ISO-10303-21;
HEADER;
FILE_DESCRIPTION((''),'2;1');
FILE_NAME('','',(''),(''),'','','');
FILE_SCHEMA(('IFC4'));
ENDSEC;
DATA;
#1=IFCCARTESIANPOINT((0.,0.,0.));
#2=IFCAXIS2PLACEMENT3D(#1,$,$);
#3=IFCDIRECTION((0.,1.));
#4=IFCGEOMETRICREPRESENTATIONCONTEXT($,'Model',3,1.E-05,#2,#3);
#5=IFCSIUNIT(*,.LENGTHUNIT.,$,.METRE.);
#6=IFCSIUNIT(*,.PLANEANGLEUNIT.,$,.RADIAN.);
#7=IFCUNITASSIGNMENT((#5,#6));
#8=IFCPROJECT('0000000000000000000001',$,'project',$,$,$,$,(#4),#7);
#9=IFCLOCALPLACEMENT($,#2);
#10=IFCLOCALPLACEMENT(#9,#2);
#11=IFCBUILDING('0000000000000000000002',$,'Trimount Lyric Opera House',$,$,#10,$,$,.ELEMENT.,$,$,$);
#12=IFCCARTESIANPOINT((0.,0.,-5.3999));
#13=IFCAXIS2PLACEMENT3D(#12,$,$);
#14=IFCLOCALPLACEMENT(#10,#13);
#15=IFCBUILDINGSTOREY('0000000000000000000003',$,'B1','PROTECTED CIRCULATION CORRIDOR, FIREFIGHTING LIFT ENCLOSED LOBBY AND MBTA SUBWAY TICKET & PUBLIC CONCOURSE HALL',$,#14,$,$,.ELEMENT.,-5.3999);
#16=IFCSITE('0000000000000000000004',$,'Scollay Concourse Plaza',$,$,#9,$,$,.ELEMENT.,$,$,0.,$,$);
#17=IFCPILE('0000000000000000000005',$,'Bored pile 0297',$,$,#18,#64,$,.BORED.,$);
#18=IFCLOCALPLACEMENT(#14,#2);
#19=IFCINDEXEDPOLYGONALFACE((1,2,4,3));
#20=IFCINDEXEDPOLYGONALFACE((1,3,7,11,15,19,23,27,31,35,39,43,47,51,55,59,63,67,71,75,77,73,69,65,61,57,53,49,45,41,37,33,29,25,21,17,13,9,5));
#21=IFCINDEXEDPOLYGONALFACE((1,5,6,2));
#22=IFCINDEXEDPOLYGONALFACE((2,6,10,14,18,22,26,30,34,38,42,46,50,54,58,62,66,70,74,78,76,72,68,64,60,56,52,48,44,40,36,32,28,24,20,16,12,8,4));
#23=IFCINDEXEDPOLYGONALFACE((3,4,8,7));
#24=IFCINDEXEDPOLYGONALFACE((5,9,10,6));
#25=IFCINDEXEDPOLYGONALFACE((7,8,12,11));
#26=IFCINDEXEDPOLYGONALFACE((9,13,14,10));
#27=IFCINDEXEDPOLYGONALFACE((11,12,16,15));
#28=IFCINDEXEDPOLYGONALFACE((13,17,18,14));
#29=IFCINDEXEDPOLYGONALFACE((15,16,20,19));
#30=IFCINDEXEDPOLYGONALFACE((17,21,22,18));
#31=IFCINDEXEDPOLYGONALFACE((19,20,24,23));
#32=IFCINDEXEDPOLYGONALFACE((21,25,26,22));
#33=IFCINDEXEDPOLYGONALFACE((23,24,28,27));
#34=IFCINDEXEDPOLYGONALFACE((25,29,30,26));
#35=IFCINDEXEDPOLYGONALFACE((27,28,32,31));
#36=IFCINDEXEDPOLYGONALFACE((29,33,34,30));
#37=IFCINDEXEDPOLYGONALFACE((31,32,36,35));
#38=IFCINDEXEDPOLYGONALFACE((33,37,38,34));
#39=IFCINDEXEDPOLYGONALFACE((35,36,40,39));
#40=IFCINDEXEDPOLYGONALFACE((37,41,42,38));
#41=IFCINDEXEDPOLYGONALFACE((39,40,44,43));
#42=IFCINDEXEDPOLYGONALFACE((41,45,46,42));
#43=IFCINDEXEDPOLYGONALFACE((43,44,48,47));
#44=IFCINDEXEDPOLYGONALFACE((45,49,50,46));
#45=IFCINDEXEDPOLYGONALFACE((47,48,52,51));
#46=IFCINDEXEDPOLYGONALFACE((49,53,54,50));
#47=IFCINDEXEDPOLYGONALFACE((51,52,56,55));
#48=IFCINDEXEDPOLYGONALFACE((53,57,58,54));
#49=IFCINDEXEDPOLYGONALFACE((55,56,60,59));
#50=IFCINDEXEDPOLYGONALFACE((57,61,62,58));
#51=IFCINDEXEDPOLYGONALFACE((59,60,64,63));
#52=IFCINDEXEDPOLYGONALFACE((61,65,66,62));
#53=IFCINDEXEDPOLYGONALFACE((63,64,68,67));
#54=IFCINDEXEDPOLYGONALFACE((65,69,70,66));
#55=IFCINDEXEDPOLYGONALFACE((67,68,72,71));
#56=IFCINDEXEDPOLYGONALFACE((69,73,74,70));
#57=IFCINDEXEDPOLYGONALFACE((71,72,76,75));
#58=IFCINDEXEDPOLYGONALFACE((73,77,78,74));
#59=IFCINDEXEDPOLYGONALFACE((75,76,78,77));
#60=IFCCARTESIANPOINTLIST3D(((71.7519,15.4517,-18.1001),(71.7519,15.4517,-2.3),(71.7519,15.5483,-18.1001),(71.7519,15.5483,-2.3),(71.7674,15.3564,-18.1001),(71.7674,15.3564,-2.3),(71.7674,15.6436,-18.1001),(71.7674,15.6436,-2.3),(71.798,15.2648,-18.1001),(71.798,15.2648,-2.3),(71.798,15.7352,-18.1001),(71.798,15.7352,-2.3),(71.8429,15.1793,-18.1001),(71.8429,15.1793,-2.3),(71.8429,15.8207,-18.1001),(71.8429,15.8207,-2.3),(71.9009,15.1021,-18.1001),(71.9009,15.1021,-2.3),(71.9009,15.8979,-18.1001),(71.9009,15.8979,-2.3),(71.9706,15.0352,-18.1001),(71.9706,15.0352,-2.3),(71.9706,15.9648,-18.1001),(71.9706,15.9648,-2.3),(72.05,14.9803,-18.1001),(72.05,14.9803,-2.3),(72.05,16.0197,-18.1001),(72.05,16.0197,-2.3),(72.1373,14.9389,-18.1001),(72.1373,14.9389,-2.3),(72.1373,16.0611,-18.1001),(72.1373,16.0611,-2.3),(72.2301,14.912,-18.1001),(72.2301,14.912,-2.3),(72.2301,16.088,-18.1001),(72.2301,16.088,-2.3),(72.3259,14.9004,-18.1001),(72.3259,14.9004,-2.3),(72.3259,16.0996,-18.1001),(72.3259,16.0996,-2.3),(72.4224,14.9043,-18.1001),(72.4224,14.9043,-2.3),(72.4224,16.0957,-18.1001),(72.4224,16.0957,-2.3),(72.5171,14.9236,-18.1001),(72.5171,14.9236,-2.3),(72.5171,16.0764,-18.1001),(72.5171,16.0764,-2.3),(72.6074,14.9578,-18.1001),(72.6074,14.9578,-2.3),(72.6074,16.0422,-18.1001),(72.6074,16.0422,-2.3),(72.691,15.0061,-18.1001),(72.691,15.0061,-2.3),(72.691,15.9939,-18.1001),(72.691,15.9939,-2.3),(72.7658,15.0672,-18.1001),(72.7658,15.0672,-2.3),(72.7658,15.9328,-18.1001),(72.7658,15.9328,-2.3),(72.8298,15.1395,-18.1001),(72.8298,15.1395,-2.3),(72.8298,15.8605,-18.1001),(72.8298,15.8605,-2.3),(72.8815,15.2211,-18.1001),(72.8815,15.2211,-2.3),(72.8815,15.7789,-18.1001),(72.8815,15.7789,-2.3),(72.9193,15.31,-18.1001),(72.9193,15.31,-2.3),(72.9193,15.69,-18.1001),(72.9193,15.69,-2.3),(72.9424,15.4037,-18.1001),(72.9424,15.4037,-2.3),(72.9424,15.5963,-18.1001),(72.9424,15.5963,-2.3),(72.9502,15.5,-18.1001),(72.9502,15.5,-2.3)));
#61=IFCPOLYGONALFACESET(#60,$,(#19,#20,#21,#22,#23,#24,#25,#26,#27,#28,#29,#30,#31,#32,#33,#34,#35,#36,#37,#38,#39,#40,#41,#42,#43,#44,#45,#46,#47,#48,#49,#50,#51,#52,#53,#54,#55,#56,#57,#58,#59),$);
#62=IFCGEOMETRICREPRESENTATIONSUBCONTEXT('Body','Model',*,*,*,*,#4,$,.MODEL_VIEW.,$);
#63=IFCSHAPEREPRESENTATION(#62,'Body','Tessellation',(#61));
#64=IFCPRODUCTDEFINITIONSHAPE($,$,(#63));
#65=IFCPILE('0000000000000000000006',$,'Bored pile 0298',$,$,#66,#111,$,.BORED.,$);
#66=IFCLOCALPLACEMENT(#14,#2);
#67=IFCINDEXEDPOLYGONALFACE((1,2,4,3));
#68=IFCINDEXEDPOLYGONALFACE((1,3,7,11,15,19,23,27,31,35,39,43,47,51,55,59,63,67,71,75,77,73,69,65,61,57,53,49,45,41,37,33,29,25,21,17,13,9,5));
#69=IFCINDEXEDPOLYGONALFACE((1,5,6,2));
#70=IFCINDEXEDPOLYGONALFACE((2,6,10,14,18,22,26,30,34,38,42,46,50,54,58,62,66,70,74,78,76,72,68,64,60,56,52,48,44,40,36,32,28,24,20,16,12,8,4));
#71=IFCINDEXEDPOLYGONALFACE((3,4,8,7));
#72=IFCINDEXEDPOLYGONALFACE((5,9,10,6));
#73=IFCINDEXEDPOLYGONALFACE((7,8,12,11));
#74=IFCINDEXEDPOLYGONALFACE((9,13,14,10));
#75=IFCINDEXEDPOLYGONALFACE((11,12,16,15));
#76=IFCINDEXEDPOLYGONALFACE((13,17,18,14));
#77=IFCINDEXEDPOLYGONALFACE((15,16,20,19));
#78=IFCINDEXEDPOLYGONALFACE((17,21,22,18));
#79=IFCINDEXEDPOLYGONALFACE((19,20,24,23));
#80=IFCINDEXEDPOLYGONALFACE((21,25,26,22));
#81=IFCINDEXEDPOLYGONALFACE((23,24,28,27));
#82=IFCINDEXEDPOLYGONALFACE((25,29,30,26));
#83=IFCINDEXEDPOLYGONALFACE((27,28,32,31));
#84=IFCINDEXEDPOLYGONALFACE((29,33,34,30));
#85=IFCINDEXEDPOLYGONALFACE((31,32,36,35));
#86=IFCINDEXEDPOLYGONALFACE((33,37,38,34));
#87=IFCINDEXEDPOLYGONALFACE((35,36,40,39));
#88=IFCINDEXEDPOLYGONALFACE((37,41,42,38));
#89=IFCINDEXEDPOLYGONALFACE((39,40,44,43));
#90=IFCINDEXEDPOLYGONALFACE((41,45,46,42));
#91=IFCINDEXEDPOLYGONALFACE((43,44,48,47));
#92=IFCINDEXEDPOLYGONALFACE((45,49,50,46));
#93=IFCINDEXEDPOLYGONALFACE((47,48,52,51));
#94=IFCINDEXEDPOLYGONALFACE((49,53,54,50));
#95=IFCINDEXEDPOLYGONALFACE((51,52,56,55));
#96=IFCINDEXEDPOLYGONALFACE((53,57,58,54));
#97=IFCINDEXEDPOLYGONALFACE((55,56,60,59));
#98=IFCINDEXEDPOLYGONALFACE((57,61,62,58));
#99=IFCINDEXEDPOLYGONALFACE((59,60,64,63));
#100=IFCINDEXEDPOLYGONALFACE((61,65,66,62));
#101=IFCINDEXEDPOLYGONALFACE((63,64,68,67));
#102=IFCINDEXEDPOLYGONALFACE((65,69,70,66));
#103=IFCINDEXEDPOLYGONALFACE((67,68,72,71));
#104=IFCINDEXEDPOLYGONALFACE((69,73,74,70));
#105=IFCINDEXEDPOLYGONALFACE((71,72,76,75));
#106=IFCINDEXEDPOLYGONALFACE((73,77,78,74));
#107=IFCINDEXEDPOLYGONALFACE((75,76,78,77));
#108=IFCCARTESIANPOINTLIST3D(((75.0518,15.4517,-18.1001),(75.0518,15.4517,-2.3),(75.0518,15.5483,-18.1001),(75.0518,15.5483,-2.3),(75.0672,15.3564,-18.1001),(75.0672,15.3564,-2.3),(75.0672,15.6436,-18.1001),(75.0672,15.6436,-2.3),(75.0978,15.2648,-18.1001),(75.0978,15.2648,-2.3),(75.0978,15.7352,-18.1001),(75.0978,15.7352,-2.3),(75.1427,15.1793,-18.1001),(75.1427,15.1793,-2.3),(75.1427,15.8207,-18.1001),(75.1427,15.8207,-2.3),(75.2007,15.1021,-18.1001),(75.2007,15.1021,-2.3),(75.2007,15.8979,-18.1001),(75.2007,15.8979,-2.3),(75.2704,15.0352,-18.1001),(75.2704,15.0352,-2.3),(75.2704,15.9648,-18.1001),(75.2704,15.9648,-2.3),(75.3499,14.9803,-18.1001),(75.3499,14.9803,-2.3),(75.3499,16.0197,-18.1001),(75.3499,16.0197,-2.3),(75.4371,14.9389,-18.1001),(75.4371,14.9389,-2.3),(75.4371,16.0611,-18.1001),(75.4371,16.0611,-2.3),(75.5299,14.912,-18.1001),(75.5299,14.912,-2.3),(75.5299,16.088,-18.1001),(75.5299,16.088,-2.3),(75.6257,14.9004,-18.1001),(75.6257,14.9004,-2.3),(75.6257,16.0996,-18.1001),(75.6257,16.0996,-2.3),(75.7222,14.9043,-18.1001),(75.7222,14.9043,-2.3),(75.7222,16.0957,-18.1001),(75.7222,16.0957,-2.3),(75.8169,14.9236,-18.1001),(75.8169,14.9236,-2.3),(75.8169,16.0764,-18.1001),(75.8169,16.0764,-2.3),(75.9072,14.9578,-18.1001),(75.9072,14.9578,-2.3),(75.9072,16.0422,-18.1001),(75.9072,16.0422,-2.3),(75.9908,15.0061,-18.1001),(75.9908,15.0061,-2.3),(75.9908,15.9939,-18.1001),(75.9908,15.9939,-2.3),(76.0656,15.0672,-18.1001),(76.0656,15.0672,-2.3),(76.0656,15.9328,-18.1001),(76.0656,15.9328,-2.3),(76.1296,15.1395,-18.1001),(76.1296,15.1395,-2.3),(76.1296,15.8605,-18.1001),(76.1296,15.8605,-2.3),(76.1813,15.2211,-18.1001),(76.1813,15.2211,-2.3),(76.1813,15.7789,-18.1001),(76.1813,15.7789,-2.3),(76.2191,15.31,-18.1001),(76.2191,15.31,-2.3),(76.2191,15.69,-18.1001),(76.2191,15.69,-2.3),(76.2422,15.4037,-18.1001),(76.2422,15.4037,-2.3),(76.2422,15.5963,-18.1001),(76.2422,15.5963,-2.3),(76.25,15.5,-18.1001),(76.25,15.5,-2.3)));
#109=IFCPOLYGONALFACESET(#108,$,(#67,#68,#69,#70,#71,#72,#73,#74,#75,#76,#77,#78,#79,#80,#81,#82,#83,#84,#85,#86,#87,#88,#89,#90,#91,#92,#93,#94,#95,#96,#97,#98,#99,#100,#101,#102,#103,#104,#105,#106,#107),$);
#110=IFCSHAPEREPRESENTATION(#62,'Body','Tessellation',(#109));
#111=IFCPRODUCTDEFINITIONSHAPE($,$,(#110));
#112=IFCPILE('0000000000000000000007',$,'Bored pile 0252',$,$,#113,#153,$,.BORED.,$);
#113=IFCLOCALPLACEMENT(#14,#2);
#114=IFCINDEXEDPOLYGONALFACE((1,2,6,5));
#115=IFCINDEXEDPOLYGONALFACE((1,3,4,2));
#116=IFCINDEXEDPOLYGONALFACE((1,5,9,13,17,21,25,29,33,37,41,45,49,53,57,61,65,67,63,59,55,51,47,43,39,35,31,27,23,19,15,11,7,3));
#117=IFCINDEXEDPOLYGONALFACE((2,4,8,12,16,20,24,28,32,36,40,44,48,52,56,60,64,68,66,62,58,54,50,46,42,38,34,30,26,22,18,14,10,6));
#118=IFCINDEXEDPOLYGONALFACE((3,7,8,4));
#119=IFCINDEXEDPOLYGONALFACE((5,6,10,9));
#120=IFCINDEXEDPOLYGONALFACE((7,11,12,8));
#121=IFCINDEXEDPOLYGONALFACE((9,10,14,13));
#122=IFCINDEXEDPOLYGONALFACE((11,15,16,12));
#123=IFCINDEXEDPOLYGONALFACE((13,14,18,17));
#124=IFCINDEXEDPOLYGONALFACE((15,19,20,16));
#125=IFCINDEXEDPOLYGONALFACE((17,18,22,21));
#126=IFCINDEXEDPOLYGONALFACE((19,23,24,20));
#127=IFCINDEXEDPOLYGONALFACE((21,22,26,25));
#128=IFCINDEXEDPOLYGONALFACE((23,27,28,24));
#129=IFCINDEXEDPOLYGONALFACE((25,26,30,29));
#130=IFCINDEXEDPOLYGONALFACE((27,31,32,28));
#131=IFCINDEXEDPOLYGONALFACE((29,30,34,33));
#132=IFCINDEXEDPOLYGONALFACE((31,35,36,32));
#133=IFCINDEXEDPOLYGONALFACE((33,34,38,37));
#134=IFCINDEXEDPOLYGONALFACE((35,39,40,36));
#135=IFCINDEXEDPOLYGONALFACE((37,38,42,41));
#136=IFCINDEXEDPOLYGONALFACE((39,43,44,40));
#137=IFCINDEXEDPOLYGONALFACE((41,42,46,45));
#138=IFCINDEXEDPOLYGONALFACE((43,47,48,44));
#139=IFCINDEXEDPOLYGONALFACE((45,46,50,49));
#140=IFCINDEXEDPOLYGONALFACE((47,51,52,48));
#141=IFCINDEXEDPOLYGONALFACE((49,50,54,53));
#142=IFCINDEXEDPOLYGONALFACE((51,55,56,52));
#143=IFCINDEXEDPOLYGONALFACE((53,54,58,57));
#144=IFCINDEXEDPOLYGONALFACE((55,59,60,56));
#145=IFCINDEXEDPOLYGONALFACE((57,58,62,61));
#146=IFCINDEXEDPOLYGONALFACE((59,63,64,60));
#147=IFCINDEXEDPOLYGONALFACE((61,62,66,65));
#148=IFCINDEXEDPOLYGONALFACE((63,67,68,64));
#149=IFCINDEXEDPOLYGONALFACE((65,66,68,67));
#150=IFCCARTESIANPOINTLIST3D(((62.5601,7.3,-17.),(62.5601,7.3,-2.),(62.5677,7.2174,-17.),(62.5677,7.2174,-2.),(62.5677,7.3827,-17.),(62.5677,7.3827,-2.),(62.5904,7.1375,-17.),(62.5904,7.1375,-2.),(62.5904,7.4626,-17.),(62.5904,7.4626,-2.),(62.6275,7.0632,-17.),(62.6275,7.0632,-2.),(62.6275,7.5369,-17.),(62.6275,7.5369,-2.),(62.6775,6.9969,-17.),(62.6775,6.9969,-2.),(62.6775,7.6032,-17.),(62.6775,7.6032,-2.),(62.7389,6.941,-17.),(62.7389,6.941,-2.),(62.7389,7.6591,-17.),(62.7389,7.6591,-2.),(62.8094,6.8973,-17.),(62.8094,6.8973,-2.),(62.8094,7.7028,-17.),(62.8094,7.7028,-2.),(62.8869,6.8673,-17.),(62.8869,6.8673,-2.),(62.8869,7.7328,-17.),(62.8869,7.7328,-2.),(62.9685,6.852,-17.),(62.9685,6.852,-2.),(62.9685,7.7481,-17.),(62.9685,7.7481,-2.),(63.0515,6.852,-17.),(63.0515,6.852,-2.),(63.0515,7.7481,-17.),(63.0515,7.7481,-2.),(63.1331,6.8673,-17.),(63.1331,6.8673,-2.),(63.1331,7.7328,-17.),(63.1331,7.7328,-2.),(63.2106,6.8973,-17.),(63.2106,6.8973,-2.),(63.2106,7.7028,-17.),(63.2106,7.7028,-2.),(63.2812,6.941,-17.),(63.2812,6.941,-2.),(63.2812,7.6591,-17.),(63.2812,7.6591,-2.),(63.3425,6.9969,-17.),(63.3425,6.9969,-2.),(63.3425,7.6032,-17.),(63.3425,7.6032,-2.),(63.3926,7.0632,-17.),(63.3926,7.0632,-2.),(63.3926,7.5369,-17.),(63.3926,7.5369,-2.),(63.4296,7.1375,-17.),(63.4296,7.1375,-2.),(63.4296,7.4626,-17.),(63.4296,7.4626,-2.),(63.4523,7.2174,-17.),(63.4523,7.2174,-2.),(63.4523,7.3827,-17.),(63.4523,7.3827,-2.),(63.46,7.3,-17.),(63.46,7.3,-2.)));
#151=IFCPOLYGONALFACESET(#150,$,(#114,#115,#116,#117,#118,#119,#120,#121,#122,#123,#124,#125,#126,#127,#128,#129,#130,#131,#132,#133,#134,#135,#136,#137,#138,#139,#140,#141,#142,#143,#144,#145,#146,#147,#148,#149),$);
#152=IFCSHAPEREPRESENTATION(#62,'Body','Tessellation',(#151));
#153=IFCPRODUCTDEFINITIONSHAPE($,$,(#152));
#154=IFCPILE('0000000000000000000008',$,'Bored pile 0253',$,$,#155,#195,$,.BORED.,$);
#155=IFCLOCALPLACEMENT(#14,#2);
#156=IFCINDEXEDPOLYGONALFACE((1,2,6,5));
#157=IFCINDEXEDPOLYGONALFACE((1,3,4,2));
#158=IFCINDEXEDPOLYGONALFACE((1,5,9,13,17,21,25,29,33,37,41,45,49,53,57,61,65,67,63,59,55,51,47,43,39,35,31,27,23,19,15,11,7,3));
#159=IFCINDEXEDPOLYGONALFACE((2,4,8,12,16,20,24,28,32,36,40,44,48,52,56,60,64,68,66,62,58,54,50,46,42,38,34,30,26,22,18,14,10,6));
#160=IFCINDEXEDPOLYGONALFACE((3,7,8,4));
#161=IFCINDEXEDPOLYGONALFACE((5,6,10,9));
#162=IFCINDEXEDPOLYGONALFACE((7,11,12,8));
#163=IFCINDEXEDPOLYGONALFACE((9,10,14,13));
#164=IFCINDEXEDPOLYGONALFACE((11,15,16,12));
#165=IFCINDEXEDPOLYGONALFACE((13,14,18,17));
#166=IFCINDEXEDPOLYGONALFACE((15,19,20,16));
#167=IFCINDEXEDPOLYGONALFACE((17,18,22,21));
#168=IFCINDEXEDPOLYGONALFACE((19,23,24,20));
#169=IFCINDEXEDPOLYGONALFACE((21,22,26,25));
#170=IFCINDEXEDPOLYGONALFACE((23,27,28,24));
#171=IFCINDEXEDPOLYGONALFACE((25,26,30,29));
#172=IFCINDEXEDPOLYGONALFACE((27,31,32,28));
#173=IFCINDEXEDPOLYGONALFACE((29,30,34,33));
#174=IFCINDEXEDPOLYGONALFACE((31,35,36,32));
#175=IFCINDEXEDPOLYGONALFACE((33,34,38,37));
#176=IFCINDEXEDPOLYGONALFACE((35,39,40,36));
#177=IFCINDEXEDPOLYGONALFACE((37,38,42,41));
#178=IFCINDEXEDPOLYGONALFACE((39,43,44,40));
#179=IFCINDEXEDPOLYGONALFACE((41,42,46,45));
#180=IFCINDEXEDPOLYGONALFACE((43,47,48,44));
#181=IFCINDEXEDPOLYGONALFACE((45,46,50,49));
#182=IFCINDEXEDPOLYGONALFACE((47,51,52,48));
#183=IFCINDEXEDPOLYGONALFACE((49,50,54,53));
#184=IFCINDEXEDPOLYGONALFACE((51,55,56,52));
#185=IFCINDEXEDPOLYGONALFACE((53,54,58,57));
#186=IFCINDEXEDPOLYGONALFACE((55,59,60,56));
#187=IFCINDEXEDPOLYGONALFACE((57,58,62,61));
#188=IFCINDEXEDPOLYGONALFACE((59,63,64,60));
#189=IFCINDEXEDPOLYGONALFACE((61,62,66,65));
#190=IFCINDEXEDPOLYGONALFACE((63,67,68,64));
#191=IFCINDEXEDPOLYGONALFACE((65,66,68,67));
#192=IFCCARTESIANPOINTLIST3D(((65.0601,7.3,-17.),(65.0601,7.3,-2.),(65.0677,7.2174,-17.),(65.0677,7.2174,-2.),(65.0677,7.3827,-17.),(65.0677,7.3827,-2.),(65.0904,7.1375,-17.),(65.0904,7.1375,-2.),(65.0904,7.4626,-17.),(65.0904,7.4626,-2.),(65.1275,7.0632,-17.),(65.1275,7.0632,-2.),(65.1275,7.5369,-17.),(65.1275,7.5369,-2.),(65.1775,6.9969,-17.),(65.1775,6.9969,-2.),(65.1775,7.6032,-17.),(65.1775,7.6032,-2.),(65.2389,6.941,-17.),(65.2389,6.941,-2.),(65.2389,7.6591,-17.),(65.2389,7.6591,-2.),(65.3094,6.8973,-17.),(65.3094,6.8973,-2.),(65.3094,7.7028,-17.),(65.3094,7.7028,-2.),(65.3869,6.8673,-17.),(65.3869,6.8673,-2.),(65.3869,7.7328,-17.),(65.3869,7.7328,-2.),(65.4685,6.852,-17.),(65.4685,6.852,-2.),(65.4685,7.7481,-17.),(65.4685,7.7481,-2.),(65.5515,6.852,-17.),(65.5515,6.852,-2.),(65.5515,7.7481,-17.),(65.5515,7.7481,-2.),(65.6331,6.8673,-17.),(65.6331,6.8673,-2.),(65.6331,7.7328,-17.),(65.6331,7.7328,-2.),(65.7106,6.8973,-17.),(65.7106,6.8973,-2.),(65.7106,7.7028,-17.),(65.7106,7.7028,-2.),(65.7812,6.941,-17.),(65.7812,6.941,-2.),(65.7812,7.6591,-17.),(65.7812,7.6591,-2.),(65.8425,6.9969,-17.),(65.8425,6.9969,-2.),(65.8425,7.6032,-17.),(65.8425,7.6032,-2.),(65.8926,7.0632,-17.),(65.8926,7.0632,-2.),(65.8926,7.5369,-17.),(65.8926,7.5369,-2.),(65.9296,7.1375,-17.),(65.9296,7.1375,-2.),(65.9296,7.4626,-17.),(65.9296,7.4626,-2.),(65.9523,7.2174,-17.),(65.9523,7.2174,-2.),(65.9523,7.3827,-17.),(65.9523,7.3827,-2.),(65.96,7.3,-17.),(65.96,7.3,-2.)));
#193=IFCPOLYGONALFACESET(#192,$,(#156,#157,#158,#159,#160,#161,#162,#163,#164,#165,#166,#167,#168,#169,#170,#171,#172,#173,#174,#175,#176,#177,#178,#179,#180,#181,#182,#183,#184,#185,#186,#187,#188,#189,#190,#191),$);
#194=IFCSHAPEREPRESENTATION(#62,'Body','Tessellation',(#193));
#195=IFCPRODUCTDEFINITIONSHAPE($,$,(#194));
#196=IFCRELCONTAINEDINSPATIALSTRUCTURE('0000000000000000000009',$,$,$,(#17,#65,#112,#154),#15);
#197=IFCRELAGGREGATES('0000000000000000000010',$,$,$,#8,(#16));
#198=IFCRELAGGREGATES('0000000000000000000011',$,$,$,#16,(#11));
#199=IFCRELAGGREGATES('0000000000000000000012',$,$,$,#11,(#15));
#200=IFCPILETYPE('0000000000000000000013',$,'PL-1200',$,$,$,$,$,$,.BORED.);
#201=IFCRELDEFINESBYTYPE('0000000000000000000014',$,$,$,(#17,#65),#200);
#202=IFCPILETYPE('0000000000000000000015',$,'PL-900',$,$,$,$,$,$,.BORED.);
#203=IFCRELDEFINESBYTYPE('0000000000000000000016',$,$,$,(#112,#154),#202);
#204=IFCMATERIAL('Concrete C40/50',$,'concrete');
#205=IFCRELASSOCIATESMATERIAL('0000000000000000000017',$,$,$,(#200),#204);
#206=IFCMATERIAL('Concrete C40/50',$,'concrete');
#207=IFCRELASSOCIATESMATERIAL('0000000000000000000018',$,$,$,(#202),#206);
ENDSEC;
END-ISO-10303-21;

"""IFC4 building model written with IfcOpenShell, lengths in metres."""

from ifc_helpers import new_model, si_unit, direction, frame, origin, origin_2d, place, context, subcontext, project, spatial, circle, extrude, material, material_profile, profile_set, type_object, element, save


model = new_model("IFC4")

# Units and contexts
model_context = context("Model", 3, precision=1e-05, world=origin(), true_north=direction((0.0, 1.0)))
body_context = subcontext(model_context, "Body", "Model", "MODEL_VIEW")
ifc_project = project(units=[si_unit("LENGTHUNIT", "METRE"), si_unit("PLANEANGLEUNIT", "RADIAN")], contexts=[model_context])

# Site, building, storey
site_placement = place(None, origin())
site = spatial("IfcSite", under=ifc_project, at=site_placement, Name="Scollay Concourse Plaza", CompositionType="ELEMENT", RefElevation=0.0)
building_placement = place(site_placement, origin())
building = spatial("IfcBuilding", under=site, at=building_placement, Name="Trimount Lyric Opera House", CompositionType="ELEMENT")
storey_placement = place(building_placement, frame((0.0, 0.0, -5.3999)))
storey = spatial("IfcBuildingStorey", under=building, at=storey_placement, Name="B1", Description="PROTECTED CIRCULATION CORRIDOR, FIREFIGHTING LIFT ENCLOSED LOBBY AND MBTA SUBWAY TICKET & PUBLIC CONCOURSE HALL", CompositionType="ELEMENT", Elevation=-5.3999)

# Piles
ifc_material_1 = material(Name="Concrete C40/50", Category="concrete")
ifc_material_profile_1 = material_profile(ifc_material_1, circle(Radius=0.6001, at=origin_2d()), Name="PILE-D1200")
ifc_profile_set_1 = profile_set([ifc_material_profile_1], Name="Concrete C40/50")
pile_type_1 = type_object("IfcPileType", Name="PL-1200", PredefinedType="BORED", material=ifc_profile_set_1)
for number, where, z_axis, x_axis, name in (
    (1, (72.3501, 15.5, -2.3), (0.0, 0.0, -1.0), (1.0, 0.0, 0.0), "Bored pile 0297"),
    (2, (75.6499, 15.5, -2.3), (0.0, 0.0, -1.0), (1.0, 0.0, 0.0), "Bored pile 0298"),
):
    element("IfcPile", number, at=place(storey_placement, frame(where, z_axis=z_axis, x_axis=x_axis)), inside=storey, type_object=pile_type_1, Name=name, PredefinedType="BORED", context=body_context, shape_type="SweptSolid", body=[
        extrude(circle(Radius=0.6001, at=origin_2d()), origin(), (0.0, 0.0, 1.0), 15.8),
    ])
ifc_material_2 = material(Name="Concrete C40/50", Category="concrete")
ifc_material_profile_2 = material_profile(ifc_material_2, circle(Radius=0.45, at=origin_2d()), Name="PILE-D900")
ifc_profile_set_2 = profile_set([ifc_material_profile_2], Name="Concrete C40/50")
pile_type_2 = type_object("IfcPileType", Name="PL-900", PredefinedType="BORED", material=ifc_profile_set_2)
for number, where, z_axis, x_axis, name in (
    (3, (63.01, 7.3, -2.0), (0.0, 0.0, -1.0), (1.0, 0.0, 0.0), "Bored pile 0252"),
    (4, (65.51, 7.3, -2.0), (0.0, 0.0, -1.0), (1.0, 0.0, 0.0), "Bored pile 0253"),
):
    element("IfcPile", number, at=place(storey_placement, frame(where, z_axis=z_axis, x_axis=x_axis)), inside=storey, type_object=pile_type_2, Name=name, PredefinedType="BORED", context=body_context, shape_type="SweptSolid", body=[
        extrude(circle(Radius=0.45, at=origin_2d()), origin(), (0.0, 0.0, 1.0), 15.0),
    ])

save(model, "model.ifc")
